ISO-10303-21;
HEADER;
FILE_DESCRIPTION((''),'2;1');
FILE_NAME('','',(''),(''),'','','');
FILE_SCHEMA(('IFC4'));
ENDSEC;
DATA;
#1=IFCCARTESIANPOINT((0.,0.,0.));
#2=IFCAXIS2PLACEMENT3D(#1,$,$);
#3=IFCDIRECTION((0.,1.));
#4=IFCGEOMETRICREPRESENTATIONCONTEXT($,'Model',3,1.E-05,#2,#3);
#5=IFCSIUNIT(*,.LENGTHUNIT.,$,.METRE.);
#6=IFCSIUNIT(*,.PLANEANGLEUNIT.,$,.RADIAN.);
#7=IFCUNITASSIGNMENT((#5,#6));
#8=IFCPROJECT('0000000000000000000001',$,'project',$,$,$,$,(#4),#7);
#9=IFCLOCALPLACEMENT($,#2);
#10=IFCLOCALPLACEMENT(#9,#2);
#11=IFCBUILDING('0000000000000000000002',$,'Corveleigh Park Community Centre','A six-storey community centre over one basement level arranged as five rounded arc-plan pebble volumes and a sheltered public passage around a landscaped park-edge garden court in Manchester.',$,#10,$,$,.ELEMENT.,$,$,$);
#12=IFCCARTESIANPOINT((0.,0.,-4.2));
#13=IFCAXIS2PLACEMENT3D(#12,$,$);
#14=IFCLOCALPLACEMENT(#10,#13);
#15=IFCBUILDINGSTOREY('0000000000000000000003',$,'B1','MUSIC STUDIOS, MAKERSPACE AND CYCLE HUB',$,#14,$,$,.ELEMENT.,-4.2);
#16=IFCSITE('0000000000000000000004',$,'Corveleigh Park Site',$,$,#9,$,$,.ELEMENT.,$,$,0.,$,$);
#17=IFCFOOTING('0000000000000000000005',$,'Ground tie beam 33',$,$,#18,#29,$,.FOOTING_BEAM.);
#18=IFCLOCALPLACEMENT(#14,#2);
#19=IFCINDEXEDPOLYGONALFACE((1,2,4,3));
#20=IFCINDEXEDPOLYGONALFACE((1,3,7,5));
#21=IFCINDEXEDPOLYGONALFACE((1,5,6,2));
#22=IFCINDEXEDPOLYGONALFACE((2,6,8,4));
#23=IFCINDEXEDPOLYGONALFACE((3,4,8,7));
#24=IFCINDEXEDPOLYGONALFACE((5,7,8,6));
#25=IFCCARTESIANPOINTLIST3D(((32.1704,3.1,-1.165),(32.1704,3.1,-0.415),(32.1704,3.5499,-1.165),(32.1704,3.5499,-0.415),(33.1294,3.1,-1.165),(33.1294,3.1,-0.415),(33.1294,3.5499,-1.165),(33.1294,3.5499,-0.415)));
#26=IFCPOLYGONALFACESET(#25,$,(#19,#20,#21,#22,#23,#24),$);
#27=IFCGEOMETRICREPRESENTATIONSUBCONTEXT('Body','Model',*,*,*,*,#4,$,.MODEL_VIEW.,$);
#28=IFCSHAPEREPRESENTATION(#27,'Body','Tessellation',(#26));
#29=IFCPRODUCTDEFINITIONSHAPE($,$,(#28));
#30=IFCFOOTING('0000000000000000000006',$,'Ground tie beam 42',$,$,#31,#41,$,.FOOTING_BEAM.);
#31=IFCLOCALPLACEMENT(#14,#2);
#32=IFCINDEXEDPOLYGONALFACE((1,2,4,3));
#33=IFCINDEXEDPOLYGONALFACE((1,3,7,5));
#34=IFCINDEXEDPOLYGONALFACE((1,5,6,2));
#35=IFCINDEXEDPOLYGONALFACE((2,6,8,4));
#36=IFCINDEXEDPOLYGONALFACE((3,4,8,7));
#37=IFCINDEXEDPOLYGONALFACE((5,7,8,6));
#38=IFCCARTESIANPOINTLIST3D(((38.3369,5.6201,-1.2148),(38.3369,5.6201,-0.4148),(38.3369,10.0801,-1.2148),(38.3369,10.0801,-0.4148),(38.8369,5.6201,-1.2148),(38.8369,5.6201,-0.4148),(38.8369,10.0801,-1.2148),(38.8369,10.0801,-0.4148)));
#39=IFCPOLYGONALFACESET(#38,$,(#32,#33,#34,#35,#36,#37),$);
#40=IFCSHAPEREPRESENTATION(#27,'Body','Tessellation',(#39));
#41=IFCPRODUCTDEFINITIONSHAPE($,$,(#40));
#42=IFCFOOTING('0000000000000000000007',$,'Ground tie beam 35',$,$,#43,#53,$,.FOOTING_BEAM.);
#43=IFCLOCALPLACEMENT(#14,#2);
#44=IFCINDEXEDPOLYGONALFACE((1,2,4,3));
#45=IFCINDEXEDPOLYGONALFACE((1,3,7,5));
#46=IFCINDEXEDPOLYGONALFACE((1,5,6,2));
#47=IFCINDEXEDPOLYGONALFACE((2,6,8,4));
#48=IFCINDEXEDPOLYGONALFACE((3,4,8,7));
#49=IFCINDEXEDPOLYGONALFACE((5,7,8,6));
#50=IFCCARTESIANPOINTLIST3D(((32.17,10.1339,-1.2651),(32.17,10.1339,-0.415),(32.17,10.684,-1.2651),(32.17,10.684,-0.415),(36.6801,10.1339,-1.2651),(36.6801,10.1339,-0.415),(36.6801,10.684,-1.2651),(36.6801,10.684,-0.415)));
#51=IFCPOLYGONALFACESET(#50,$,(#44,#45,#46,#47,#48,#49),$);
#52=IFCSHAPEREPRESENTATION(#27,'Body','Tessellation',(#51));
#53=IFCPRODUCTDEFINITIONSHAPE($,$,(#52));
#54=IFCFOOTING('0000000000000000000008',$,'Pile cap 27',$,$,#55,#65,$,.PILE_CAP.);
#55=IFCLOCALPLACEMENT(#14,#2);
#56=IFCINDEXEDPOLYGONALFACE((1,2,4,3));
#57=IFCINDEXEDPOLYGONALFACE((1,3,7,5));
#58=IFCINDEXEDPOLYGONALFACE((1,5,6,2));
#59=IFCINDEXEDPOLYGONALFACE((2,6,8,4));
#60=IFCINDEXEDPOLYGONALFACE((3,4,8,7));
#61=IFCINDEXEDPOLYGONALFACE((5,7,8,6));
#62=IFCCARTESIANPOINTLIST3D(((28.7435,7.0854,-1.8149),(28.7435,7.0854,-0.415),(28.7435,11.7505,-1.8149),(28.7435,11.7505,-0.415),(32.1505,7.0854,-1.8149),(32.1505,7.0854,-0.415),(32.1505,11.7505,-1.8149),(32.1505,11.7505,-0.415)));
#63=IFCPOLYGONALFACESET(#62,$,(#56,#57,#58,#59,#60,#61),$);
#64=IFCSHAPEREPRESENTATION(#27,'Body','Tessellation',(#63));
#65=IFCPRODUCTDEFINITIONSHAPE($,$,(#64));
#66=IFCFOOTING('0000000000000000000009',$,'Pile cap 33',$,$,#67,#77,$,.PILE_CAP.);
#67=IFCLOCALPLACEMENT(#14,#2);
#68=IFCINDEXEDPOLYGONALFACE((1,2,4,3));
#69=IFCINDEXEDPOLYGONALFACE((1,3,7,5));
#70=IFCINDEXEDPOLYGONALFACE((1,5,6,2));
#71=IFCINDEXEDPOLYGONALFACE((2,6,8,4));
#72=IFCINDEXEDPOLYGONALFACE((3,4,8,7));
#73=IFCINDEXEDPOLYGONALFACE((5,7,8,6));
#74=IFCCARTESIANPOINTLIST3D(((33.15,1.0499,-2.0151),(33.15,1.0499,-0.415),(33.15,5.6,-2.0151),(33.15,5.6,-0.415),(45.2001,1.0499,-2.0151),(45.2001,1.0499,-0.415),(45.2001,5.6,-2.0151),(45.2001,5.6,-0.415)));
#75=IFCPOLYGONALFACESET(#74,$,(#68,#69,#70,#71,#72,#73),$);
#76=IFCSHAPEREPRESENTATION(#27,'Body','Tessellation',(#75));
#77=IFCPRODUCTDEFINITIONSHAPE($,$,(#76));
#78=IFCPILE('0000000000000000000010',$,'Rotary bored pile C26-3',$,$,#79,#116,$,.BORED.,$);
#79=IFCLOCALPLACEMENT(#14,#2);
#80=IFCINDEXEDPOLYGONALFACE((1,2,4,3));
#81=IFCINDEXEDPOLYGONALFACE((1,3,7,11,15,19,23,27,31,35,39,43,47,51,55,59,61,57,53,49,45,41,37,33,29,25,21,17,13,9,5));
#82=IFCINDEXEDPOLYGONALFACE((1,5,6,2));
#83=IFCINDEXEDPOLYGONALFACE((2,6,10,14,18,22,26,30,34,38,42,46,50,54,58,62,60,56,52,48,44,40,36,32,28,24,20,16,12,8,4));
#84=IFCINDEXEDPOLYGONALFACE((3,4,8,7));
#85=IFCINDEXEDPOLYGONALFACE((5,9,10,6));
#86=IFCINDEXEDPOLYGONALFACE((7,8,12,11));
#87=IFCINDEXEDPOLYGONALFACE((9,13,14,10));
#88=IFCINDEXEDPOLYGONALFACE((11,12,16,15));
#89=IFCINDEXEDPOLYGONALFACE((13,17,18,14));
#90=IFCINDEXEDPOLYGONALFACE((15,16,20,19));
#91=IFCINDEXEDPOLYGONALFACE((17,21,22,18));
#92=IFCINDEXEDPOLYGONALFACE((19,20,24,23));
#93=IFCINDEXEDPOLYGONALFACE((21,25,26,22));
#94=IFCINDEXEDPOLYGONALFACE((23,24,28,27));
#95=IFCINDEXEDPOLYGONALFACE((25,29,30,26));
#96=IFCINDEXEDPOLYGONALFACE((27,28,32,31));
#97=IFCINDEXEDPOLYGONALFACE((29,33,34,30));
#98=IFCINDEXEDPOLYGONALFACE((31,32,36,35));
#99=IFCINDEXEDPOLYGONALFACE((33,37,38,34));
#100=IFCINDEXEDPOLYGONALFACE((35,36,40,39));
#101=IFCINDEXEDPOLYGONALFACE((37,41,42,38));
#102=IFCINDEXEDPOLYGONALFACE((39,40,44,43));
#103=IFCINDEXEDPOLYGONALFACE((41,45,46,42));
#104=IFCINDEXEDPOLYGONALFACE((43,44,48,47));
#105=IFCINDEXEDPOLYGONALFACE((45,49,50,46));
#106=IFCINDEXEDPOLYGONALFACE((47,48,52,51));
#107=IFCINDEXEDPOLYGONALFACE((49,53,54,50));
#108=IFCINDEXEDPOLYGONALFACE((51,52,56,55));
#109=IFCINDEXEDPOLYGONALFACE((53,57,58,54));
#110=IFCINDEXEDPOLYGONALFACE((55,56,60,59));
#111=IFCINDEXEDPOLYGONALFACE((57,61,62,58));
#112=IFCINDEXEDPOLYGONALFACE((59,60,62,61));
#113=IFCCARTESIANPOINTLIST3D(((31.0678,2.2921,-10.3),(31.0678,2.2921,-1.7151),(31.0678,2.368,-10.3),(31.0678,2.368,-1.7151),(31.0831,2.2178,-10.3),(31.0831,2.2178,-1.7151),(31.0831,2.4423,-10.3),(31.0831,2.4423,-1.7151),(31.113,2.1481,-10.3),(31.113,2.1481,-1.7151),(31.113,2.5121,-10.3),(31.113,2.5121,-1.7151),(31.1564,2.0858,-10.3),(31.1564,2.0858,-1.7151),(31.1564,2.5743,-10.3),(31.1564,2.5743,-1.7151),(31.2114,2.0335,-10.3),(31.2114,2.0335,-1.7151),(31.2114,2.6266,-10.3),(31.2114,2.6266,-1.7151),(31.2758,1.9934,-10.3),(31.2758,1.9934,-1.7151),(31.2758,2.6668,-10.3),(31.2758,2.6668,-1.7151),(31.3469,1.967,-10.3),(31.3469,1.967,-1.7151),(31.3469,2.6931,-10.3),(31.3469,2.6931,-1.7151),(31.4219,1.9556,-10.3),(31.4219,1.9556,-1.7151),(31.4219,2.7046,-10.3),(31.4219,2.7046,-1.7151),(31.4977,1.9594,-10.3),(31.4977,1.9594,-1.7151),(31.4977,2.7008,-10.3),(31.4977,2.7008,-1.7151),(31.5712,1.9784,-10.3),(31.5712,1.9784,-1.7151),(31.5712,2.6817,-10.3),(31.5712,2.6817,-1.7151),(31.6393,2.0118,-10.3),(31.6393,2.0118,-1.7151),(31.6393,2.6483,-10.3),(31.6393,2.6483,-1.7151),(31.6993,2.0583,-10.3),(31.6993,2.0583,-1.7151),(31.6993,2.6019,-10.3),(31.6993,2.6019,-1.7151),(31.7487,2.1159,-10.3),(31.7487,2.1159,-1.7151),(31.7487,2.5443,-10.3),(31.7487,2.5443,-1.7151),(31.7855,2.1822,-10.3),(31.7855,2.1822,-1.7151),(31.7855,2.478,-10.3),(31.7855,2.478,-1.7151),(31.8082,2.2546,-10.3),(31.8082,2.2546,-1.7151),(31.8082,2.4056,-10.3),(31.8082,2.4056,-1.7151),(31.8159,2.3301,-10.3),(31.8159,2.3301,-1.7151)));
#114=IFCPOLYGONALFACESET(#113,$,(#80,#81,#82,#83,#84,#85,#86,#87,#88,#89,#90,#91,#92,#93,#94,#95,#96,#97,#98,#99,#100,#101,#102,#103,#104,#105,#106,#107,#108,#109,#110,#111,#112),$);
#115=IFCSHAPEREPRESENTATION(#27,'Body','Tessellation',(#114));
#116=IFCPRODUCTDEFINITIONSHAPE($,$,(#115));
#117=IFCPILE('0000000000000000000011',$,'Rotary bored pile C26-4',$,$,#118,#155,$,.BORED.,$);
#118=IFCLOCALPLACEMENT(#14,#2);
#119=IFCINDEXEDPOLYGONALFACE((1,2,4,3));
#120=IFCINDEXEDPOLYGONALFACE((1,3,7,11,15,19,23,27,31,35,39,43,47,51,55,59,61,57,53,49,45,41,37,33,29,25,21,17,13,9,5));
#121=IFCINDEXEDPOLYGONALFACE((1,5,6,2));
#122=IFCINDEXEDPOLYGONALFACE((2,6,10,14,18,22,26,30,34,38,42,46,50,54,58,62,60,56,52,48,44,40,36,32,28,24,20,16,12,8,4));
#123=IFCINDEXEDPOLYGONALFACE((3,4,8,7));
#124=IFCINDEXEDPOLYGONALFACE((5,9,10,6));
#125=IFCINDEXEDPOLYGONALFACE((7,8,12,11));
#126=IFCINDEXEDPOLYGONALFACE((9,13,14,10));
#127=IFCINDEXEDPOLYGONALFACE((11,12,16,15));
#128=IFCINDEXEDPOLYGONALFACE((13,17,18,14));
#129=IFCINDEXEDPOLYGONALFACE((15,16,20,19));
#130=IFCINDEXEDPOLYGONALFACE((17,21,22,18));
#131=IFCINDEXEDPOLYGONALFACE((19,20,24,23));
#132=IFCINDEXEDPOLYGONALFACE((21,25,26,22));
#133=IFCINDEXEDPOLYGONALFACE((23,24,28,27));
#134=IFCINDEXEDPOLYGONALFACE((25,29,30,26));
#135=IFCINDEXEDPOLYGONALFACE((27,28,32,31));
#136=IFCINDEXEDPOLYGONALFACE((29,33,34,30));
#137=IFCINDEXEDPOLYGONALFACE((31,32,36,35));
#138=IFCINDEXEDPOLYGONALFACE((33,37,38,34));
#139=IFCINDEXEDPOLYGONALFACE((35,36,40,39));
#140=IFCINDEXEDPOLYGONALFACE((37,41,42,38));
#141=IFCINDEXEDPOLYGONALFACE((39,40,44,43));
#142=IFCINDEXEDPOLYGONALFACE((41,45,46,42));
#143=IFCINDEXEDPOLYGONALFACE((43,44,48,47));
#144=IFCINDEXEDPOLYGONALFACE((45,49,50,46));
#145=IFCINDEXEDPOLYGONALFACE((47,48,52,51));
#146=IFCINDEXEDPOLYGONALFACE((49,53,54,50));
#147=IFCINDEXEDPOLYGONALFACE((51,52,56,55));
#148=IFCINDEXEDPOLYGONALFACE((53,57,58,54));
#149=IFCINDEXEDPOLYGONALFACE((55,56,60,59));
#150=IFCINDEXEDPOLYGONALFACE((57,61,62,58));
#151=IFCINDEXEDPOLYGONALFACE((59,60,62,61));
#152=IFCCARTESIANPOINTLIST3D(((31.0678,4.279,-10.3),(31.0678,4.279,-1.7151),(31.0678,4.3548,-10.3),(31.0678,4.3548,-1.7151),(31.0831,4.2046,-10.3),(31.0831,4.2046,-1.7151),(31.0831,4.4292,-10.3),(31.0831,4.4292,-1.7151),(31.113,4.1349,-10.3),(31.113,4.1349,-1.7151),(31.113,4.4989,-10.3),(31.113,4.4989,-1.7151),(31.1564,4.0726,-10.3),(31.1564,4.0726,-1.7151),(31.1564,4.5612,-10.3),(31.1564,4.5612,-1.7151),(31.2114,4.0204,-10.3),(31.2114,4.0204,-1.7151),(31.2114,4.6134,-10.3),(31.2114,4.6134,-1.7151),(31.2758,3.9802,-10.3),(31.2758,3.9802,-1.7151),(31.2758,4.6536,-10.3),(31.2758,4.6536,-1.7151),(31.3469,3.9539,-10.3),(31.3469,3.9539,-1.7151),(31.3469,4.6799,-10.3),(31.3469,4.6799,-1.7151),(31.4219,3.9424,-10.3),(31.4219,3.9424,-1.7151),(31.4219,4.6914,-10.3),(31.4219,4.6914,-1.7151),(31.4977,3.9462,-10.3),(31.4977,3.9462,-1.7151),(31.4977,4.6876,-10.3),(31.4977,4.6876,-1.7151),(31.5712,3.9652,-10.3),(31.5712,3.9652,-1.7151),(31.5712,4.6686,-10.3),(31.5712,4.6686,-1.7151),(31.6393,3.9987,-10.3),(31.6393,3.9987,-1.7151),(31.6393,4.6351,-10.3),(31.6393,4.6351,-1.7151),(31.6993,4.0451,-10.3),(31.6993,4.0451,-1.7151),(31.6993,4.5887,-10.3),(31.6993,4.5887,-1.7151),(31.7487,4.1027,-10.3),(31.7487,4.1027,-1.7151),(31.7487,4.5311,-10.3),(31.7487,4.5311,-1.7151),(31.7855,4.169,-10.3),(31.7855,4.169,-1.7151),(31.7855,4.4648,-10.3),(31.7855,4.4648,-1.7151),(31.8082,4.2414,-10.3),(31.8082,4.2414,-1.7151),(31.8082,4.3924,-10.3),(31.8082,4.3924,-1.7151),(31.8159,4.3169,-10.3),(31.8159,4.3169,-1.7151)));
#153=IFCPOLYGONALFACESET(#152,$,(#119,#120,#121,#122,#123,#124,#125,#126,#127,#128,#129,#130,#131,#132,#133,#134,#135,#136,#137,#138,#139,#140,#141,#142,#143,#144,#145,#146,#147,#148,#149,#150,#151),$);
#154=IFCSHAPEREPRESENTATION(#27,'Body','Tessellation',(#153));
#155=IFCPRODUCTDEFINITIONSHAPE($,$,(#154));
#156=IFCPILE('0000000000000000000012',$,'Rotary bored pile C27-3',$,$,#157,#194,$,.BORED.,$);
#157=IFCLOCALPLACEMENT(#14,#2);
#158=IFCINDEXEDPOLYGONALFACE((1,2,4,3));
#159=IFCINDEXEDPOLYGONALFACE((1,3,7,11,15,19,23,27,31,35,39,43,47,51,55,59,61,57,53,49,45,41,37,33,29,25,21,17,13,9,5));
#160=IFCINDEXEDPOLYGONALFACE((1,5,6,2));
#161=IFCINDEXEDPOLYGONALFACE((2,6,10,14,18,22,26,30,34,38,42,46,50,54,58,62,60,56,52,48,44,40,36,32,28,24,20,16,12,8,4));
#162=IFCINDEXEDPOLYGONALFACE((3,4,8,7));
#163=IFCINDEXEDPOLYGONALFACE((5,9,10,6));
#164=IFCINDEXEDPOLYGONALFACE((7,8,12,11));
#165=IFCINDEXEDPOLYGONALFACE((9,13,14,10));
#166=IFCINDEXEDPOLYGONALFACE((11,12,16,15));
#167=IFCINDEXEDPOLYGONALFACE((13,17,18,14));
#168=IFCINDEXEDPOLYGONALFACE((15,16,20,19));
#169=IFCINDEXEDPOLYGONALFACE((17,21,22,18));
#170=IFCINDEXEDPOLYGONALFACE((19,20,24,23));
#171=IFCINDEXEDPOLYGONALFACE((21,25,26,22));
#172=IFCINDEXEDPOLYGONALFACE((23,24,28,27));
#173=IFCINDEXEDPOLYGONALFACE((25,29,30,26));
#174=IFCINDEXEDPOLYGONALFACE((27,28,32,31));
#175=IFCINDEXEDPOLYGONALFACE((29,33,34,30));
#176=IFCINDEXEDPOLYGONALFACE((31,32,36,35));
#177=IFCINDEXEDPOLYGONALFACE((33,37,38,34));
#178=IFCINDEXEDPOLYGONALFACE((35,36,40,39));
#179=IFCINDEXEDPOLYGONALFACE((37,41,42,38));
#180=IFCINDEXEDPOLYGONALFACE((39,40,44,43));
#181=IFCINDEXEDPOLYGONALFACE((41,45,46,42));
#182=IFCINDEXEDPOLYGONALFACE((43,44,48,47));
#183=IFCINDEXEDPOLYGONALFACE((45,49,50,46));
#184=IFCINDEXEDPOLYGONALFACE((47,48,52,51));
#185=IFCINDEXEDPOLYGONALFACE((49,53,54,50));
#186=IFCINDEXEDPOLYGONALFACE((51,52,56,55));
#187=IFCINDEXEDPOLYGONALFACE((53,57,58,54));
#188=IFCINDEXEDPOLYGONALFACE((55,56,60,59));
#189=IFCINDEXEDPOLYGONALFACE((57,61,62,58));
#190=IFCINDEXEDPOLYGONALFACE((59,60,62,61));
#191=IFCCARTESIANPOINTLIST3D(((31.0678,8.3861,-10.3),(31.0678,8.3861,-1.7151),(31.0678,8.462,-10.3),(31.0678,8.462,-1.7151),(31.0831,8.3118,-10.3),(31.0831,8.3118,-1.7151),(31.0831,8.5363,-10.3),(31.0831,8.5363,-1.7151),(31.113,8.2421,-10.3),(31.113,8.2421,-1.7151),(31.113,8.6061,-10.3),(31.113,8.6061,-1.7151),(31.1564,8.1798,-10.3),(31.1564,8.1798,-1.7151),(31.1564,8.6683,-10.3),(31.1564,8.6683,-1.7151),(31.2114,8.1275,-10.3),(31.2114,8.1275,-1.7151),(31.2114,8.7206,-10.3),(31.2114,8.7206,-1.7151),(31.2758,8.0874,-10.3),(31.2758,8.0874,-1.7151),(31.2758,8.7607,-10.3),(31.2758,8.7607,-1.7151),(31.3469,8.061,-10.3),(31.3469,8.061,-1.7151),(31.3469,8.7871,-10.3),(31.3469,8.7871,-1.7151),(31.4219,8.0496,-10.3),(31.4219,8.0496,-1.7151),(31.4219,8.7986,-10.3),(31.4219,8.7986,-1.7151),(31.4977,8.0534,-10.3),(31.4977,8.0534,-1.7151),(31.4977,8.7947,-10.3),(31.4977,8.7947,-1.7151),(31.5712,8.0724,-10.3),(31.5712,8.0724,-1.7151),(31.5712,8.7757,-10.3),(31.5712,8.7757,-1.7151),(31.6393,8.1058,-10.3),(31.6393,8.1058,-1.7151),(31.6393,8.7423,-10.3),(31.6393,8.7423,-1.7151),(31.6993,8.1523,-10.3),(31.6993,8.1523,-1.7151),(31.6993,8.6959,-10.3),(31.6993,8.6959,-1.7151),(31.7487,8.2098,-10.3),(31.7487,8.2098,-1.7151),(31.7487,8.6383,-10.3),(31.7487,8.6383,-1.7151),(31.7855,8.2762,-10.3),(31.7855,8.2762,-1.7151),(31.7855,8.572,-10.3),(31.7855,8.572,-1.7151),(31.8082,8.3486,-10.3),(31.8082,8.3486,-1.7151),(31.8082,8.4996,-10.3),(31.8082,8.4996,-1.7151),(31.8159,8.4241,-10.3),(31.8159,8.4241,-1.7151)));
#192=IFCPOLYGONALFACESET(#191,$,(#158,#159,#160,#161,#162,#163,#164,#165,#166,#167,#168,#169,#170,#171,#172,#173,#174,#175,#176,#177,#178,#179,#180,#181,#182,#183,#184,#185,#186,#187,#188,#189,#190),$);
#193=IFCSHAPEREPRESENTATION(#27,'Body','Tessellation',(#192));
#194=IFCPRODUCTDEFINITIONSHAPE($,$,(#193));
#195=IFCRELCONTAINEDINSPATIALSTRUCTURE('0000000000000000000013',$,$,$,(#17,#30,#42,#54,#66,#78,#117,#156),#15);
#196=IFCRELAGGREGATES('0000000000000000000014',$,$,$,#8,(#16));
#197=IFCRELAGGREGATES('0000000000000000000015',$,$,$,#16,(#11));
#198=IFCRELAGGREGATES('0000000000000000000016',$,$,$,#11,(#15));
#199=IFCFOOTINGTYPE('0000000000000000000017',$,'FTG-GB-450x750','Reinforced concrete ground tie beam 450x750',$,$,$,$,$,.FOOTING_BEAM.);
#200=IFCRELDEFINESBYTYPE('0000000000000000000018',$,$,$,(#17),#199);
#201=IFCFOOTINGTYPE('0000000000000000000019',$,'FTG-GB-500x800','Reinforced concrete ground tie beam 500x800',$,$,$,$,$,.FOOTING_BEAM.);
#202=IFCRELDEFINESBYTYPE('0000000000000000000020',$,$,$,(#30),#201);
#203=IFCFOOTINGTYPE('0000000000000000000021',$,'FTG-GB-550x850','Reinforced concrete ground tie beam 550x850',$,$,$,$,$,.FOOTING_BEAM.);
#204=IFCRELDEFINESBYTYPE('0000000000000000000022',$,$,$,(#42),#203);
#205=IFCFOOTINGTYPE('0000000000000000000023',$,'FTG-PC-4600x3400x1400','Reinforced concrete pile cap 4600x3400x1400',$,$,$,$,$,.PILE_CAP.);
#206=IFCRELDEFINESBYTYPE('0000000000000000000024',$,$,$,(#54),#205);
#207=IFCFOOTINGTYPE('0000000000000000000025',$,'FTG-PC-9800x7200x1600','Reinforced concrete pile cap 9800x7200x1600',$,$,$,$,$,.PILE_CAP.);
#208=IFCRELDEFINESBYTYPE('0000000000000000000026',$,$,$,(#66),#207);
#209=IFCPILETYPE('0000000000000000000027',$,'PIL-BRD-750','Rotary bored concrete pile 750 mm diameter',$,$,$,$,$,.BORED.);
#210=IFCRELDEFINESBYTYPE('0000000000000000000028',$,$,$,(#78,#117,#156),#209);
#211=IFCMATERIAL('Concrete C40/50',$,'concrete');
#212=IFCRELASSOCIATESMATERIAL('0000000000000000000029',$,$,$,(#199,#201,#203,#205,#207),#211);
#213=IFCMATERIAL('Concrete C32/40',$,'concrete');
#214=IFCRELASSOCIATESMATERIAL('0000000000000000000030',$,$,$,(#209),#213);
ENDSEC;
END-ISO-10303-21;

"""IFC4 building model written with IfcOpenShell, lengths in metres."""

from ifc_helpers import new_model, si_unit, direction, frame, origin, origin_2d, place, context, subcontext, project, spatial, rectangle, circle, extrude, material, material_profile, profile_set, type_object, element, save


model = new_model("IFC4")

# Units and contexts
model_context = context("Model", 3, precision=1e-05, world=origin(), true_north=direction((0.0, 1.0)))
body_context = subcontext(model_context, "Body", "Model", "MODEL_VIEW")
ifc_project = project(units=[si_unit("LENGTHUNIT", "METRE"), si_unit("PLANEANGLEUNIT", "RADIAN")], contexts=[model_context])

# Site, building, storey
site_placement = place(None, origin())
site = spatial("IfcSite", under=ifc_project, at=site_placement, Name="Corveleigh Park Site", CompositionType="ELEMENT", RefElevation=0.0)
building_placement = place(site_placement, origin())
building = spatial("IfcBuilding", under=site, at=building_placement, Name="Corveleigh Park Community Centre", Description="A six-storey community centre over one basement level arranged as five rounded arc-plan pebble volumes and a sheltered public passage around a landscaped park-edge garden court in Manchester.", CompositionType="ELEMENT")
storey_placement = place(building_placement, frame((0.0, 0.0, -4.2)))
storey = spatial("IfcBuildingStorey", under=building, at=storey_placement, Name="B1", Description="MUSIC STUDIOS, MAKERSPACE AND CYCLE HUB", CompositionType="ELEMENT", Elevation=-4.2)

# Footings
ifc_material_1 = material(Name="Concrete C40/50", Category="concrete")
footing_type_1 = type_object("IfcFootingType", Name="FTG-GB-450x750", Description="Reinforced concrete ground tie beam 450x750", PredefinedType="FOOTING_BEAM", material=ifc_material_1)
footing_1_placement = place(storey_placement, frame((32.6499, 3.325, -1.165), z_axis=(0.0, 0.0, 1.0), x_axis=(1.0, 0.0, 0.0)))
element("IfcFooting", 1, at=footing_1_placement, inside=storey, type_object=footing_type_1, Name="Ground tie beam 33", PredefinedType="FOOTING_BEAM", context=body_context, shape_type="SweptSolid", body=[
    extrude(rectangle(XDim=0.959, YDim=0.45, at=origin_2d()), origin(), (0.0, 0.0, 1.0), 0.75),
])
footing_type_2 = type_object("IfcFootingType", Name="FTG-GB-500x800", Description="Reinforced concrete ground tie beam 500x800", PredefinedType="FOOTING_BEAM", material=ifc_material_1)
footing_2_placement = place(storey_placement, frame((38.5869, 7.8501, -1.2148), z_axis=(0.0, 0.0, 1.0), x_axis=(1.0, 0.0, 0.0)))
element("IfcFooting", 2, at=footing_2_placement, inside=storey, type_object=footing_type_2, Name="Ground tie beam 42", PredefinedType="FOOTING_BEAM", context=body_context, shape_type="SweptSolid", body=[
    extrude(rectangle(XDim=0.5, YDim=4.46, at=origin_2d()), origin(), (0.0, 0.0, 1.0), 0.8),
])
footing_type_3 = type_object("IfcFootingType", Name="FTG-GB-550x850", Description="Reinforced concrete ground tie beam 550x850", PredefinedType="FOOTING_BEAM", material=ifc_material_1)
footing_3_placement = place(storey_placement, frame((34.425, 10.4089, -1.2651), z_axis=(0.0, 0.0, 1.0), x_axis=(1.0, 0.0, 0.0)))
element("IfcFooting", 3, at=footing_3_placement, inside=storey, type_object=footing_type_3, Name="Ground tie beam 35", PredefinedType="FOOTING_BEAM", context=body_context, shape_type="SweptSolid", body=[
    extrude(rectangle(XDim=4.51, YDim=0.55, at=origin_2d()), origin(), (0.0, 0.0, 1.0), 0.8501),
])
footing_type_4 = type_object("IfcFootingType", Name="FTG-PC-4600x3400x1400", Description="Reinforced concrete pile cap 4600x3400x1400", PredefinedType="PILE_CAP", material=ifc_material_1)
footing_4_placement = place(storey_placement, frame((30.447, 9.418, -1.8149), z_axis=(0.0, 0.0, 1.0), x_axis=(1.0, 0.0, 0.0)))
element("IfcFooting", 4, at=footing_4_placement, inside=storey, type_object=footing_type_4, Name="Pile cap 27", PredefinedType="PILE_CAP", context=body_context, shape_type="SweptSolid", body=[
    extrude(rectangle(XDim=3.407, YDim=4.665, at=origin_2d()), origin(), (0.0, 0.0, 1.0), 1.3999),
])
footing_type_5 = type_object("IfcFootingType", Name="FTG-PC-9800x7200x1600", Description="Reinforced concrete pile cap 9800x7200x1600", PredefinedType="PILE_CAP", material=ifc_material_1)
footing_5_placement = place(storey_placement, frame((39.175, 3.325, -2.0151), z_axis=(0.0, 0.0, 1.0), x_axis=(1.0, 0.0, 0.0)))
element("IfcFooting", 5, at=footing_5_placement, inside=storey, type_object=footing_type_5, Name="Pile cap 33", PredefinedType="PILE_CAP", context=body_context, shape_type="SweptSolid", body=[
    extrude(rectangle(XDim=12.05, YDim=4.55, at=origin_2d()), origin(), (0.0, 0.0, 1.0), 1.6001),
])

# Piles
ifc_material_2 = material(Name="Concrete C32/40", Category="concrete")
ifc_material_profile_1 = material_profile(ifc_material_2, circle(Radius=0.375, at=origin_2d()), Name="BORED-PILE-750", Category="concrete")
ifc_profile_set_1 = profile_set([ifc_material_profile_1], Name="Concrete C32/40")
pile_type_1 = type_object("IfcPileType", Name="PIL-BRD-750", Description="Rotary bored concrete pile 750 mm diameter", PredefinedType="BORED", material=ifc_profile_set_1)
for number, where, z_axis, x_axis, name in (
    (6, (31.4409, 2.3301, -1.7151), (0.0, 0.0, -1.0), (1.0, 0.0, 0.0), "Rotary bored pile C26-3"),
    (7, (31.4409, 4.3169, -1.7151), (0.0, 0.0, -1.0), (1.0, 0.0, 0.0), "Rotary bored pile C26-4"),
    (8, (31.4409, 8.4241, -1.7151), (0.0, 0.0, -1.0), (1.0, 0.0, 0.0), "Rotary bored pile C27-3"),
):
    element("IfcPile", number, at=place(storey_placement, frame(where, z_axis=z_axis, x_axis=x_axis)), inside=storey, type_object=pile_type_1, Name=name, PredefinedType="BORED", context=body_context, shape_type="SweptSolid", body=[
        extrude(circle(Radius=0.375, at=origin_2d()), origin(), (0.0, 0.0, 1.0), 8.585),
    ])

save(model, "model.ifc")
